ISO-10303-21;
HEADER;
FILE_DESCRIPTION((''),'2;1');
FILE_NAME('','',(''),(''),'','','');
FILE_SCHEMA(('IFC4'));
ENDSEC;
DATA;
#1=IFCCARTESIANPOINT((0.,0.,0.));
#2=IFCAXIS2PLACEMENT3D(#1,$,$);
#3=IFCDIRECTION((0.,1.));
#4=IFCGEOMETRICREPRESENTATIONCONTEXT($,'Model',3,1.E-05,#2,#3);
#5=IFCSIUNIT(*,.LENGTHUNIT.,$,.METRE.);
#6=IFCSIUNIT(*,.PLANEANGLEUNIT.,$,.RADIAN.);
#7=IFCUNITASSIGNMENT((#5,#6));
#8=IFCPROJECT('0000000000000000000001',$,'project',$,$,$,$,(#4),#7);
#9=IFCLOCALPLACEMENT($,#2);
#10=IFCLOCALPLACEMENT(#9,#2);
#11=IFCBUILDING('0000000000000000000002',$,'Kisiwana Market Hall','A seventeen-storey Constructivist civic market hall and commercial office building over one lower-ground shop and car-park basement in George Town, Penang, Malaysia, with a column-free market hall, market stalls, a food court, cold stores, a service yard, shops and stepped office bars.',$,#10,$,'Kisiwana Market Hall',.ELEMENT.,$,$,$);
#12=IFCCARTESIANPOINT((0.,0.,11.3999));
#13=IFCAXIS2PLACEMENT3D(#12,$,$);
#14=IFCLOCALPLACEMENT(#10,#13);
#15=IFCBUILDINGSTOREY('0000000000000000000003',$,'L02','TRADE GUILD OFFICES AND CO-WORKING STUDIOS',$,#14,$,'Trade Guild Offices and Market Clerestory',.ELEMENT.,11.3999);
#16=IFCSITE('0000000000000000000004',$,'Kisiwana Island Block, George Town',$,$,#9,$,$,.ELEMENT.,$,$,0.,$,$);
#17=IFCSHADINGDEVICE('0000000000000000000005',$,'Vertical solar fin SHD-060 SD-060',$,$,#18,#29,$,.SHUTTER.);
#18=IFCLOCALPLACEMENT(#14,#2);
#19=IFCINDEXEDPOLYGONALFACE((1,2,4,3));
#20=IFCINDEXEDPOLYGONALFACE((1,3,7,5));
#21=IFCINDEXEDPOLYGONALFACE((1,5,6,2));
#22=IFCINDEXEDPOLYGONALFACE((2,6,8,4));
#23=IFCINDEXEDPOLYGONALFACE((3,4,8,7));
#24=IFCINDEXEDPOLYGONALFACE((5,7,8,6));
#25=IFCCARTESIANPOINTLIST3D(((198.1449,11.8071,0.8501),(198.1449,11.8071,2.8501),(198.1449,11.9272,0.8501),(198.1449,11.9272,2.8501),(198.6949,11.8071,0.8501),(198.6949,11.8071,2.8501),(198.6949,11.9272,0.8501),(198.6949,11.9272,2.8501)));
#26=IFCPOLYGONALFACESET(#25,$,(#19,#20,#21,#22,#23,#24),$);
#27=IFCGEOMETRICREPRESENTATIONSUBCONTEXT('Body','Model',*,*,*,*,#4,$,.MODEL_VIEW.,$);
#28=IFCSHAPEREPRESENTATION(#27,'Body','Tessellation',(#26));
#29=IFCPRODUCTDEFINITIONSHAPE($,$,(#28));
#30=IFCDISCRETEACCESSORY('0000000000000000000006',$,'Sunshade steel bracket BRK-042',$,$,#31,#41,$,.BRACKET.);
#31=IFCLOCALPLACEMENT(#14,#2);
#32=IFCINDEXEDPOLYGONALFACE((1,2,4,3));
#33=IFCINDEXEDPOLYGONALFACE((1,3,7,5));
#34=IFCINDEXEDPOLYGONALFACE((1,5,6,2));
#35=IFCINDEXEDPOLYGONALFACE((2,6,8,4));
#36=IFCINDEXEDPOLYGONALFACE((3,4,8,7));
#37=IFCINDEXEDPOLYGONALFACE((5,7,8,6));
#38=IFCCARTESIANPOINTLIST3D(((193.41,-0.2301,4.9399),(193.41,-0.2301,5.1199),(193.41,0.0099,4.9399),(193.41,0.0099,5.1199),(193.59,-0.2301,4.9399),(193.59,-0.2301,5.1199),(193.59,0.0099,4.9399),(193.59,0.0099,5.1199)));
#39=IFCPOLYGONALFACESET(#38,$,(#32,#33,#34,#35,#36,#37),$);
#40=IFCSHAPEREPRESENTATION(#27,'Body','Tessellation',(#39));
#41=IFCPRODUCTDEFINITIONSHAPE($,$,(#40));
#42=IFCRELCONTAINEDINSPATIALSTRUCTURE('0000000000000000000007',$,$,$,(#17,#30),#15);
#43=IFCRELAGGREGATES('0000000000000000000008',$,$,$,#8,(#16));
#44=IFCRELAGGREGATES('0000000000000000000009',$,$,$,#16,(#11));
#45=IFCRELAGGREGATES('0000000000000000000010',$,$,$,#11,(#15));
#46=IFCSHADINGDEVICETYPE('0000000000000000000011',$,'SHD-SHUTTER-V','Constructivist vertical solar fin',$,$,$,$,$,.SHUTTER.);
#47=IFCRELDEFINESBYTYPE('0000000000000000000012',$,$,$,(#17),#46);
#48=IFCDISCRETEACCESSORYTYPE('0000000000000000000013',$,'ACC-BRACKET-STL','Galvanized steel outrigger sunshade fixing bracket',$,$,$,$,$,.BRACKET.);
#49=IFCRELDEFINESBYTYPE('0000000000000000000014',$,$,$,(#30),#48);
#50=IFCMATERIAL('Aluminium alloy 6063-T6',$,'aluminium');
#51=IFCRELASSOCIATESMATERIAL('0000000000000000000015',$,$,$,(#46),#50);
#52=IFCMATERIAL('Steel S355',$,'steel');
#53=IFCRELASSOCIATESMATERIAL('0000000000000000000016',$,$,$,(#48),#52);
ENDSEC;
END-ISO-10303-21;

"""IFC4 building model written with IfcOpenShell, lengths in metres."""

from ifc_helpers import new_model, si_unit, direction, frame, origin, origin_2d, place, context, subcontext, project, spatial, rectangle, extrude, material, type_object, element, save


model = new_model("IFC4")

# Units and contexts
model_context = context("Model", 3, precision=1e-05, world=origin(), true_north=direction((0.0, 1.0)))
body_context = subcontext(model_context, "Body", "Model", "MODEL_VIEW")
ifc_project = project(units=[si_unit("LENGTHUNIT", "METRE"), si_unit("PLANEANGLEUNIT", "RADIAN")], contexts=[model_context])

# Site, building, storey
site_placement = place(None, origin())
site = spatial("IfcSite", under=ifc_project, at=site_placement, Name="Kisiwana Island Block, George Town", CompositionType="ELEMENT", RefElevation=0.0)
building_placement = place(site_placement, origin())
building = spatial("IfcBuilding", under=site, at=building_placement, Name="Kisiwana Market Hall", Description="A seventeen-storey Constructivist civic market hall and commercial office building over one lower-ground shop and car-park basement in George Town, Penang, Malaysia, with a column-free market hall, market stalls, a food court, cold stores, a service yard, shops and stepped office bars.", LongName="Kisiwana Market Hall", CompositionType="ELEMENT")
storey_placement = place(building_placement, frame((0.0, 0.0, 11.3999)))
storey = spatial("IfcBuildingStorey", under=building, at=storey_placement, Name="L02", Description="TRADE GUILD OFFICES AND CO-WORKING STUDIOS", LongName="Trade Guild Offices and Market Clerestory", CompositionType="ELEMENT", Elevation=11.3999)

# Shading device
ifc_material_1 = material(Name="Aluminium alloy 6063-T6", Category="aluminium")
shading_device_type_1 = type_object("IfcShadingDeviceType", Name="SHD-SHUTTER-V", Description="Constructivist vertical solar fin", PredefinedType="SHUTTER", material=ifc_material_1)
shading_device_1_placement = place(storey_placement, frame((198.4199, 11.8672, 0.8501), z_axis=(0.0, 0.0, 1.0), x_axis=(0.0, 1.0, 0.0)))
element("IfcShadingDevice", 1, at=shading_device_1_placement, inside=storey, type_object=shading_device_type_1, Name="Vertical solar fin SHD-060 SD-060", PredefinedType="SHUTTER", context=body_context, shape_type="SweptSolid", body=[
    extrude(rectangle(XDim=0.1201, YDim=0.55, at=origin_2d()), origin(), (0.0, 0.0, 1.0), 2.0),
])

# Discrete accessory
ifc_material_2 = material(Name="Steel S355", Category="steel")
discrete_accessory_type = type_object("IfcDiscreteAccessoryType", Name="ACC-BRACKET-STL", Description="Galvanized steel outrigger sunshade fixing bracket", PredefinedType="BRACKET", material=ifc_material_2)
discrete_accessory_placement = place(storey_placement, frame((193.5, -0.1101, 4.9399), z_axis=(0.0, 0.0, 1.0), x_axis=(1.0, 0.0, 0.0)))
element("IfcDiscreteAccessory", 2, at=discrete_accessory_placement, inside=storey, type_object=discrete_accessory_type, Name="Sunshade steel bracket BRK-042", PredefinedType="BRACKET", context=body_context, shape_type="SweptSolid", body=[
    extrude(rectangle(XDim=0.1799, YDim=0.24, at=origin_2d()), origin(), (0.0, 0.0, 1.0), 0.1799),
])

save(model, "model.ifc")
